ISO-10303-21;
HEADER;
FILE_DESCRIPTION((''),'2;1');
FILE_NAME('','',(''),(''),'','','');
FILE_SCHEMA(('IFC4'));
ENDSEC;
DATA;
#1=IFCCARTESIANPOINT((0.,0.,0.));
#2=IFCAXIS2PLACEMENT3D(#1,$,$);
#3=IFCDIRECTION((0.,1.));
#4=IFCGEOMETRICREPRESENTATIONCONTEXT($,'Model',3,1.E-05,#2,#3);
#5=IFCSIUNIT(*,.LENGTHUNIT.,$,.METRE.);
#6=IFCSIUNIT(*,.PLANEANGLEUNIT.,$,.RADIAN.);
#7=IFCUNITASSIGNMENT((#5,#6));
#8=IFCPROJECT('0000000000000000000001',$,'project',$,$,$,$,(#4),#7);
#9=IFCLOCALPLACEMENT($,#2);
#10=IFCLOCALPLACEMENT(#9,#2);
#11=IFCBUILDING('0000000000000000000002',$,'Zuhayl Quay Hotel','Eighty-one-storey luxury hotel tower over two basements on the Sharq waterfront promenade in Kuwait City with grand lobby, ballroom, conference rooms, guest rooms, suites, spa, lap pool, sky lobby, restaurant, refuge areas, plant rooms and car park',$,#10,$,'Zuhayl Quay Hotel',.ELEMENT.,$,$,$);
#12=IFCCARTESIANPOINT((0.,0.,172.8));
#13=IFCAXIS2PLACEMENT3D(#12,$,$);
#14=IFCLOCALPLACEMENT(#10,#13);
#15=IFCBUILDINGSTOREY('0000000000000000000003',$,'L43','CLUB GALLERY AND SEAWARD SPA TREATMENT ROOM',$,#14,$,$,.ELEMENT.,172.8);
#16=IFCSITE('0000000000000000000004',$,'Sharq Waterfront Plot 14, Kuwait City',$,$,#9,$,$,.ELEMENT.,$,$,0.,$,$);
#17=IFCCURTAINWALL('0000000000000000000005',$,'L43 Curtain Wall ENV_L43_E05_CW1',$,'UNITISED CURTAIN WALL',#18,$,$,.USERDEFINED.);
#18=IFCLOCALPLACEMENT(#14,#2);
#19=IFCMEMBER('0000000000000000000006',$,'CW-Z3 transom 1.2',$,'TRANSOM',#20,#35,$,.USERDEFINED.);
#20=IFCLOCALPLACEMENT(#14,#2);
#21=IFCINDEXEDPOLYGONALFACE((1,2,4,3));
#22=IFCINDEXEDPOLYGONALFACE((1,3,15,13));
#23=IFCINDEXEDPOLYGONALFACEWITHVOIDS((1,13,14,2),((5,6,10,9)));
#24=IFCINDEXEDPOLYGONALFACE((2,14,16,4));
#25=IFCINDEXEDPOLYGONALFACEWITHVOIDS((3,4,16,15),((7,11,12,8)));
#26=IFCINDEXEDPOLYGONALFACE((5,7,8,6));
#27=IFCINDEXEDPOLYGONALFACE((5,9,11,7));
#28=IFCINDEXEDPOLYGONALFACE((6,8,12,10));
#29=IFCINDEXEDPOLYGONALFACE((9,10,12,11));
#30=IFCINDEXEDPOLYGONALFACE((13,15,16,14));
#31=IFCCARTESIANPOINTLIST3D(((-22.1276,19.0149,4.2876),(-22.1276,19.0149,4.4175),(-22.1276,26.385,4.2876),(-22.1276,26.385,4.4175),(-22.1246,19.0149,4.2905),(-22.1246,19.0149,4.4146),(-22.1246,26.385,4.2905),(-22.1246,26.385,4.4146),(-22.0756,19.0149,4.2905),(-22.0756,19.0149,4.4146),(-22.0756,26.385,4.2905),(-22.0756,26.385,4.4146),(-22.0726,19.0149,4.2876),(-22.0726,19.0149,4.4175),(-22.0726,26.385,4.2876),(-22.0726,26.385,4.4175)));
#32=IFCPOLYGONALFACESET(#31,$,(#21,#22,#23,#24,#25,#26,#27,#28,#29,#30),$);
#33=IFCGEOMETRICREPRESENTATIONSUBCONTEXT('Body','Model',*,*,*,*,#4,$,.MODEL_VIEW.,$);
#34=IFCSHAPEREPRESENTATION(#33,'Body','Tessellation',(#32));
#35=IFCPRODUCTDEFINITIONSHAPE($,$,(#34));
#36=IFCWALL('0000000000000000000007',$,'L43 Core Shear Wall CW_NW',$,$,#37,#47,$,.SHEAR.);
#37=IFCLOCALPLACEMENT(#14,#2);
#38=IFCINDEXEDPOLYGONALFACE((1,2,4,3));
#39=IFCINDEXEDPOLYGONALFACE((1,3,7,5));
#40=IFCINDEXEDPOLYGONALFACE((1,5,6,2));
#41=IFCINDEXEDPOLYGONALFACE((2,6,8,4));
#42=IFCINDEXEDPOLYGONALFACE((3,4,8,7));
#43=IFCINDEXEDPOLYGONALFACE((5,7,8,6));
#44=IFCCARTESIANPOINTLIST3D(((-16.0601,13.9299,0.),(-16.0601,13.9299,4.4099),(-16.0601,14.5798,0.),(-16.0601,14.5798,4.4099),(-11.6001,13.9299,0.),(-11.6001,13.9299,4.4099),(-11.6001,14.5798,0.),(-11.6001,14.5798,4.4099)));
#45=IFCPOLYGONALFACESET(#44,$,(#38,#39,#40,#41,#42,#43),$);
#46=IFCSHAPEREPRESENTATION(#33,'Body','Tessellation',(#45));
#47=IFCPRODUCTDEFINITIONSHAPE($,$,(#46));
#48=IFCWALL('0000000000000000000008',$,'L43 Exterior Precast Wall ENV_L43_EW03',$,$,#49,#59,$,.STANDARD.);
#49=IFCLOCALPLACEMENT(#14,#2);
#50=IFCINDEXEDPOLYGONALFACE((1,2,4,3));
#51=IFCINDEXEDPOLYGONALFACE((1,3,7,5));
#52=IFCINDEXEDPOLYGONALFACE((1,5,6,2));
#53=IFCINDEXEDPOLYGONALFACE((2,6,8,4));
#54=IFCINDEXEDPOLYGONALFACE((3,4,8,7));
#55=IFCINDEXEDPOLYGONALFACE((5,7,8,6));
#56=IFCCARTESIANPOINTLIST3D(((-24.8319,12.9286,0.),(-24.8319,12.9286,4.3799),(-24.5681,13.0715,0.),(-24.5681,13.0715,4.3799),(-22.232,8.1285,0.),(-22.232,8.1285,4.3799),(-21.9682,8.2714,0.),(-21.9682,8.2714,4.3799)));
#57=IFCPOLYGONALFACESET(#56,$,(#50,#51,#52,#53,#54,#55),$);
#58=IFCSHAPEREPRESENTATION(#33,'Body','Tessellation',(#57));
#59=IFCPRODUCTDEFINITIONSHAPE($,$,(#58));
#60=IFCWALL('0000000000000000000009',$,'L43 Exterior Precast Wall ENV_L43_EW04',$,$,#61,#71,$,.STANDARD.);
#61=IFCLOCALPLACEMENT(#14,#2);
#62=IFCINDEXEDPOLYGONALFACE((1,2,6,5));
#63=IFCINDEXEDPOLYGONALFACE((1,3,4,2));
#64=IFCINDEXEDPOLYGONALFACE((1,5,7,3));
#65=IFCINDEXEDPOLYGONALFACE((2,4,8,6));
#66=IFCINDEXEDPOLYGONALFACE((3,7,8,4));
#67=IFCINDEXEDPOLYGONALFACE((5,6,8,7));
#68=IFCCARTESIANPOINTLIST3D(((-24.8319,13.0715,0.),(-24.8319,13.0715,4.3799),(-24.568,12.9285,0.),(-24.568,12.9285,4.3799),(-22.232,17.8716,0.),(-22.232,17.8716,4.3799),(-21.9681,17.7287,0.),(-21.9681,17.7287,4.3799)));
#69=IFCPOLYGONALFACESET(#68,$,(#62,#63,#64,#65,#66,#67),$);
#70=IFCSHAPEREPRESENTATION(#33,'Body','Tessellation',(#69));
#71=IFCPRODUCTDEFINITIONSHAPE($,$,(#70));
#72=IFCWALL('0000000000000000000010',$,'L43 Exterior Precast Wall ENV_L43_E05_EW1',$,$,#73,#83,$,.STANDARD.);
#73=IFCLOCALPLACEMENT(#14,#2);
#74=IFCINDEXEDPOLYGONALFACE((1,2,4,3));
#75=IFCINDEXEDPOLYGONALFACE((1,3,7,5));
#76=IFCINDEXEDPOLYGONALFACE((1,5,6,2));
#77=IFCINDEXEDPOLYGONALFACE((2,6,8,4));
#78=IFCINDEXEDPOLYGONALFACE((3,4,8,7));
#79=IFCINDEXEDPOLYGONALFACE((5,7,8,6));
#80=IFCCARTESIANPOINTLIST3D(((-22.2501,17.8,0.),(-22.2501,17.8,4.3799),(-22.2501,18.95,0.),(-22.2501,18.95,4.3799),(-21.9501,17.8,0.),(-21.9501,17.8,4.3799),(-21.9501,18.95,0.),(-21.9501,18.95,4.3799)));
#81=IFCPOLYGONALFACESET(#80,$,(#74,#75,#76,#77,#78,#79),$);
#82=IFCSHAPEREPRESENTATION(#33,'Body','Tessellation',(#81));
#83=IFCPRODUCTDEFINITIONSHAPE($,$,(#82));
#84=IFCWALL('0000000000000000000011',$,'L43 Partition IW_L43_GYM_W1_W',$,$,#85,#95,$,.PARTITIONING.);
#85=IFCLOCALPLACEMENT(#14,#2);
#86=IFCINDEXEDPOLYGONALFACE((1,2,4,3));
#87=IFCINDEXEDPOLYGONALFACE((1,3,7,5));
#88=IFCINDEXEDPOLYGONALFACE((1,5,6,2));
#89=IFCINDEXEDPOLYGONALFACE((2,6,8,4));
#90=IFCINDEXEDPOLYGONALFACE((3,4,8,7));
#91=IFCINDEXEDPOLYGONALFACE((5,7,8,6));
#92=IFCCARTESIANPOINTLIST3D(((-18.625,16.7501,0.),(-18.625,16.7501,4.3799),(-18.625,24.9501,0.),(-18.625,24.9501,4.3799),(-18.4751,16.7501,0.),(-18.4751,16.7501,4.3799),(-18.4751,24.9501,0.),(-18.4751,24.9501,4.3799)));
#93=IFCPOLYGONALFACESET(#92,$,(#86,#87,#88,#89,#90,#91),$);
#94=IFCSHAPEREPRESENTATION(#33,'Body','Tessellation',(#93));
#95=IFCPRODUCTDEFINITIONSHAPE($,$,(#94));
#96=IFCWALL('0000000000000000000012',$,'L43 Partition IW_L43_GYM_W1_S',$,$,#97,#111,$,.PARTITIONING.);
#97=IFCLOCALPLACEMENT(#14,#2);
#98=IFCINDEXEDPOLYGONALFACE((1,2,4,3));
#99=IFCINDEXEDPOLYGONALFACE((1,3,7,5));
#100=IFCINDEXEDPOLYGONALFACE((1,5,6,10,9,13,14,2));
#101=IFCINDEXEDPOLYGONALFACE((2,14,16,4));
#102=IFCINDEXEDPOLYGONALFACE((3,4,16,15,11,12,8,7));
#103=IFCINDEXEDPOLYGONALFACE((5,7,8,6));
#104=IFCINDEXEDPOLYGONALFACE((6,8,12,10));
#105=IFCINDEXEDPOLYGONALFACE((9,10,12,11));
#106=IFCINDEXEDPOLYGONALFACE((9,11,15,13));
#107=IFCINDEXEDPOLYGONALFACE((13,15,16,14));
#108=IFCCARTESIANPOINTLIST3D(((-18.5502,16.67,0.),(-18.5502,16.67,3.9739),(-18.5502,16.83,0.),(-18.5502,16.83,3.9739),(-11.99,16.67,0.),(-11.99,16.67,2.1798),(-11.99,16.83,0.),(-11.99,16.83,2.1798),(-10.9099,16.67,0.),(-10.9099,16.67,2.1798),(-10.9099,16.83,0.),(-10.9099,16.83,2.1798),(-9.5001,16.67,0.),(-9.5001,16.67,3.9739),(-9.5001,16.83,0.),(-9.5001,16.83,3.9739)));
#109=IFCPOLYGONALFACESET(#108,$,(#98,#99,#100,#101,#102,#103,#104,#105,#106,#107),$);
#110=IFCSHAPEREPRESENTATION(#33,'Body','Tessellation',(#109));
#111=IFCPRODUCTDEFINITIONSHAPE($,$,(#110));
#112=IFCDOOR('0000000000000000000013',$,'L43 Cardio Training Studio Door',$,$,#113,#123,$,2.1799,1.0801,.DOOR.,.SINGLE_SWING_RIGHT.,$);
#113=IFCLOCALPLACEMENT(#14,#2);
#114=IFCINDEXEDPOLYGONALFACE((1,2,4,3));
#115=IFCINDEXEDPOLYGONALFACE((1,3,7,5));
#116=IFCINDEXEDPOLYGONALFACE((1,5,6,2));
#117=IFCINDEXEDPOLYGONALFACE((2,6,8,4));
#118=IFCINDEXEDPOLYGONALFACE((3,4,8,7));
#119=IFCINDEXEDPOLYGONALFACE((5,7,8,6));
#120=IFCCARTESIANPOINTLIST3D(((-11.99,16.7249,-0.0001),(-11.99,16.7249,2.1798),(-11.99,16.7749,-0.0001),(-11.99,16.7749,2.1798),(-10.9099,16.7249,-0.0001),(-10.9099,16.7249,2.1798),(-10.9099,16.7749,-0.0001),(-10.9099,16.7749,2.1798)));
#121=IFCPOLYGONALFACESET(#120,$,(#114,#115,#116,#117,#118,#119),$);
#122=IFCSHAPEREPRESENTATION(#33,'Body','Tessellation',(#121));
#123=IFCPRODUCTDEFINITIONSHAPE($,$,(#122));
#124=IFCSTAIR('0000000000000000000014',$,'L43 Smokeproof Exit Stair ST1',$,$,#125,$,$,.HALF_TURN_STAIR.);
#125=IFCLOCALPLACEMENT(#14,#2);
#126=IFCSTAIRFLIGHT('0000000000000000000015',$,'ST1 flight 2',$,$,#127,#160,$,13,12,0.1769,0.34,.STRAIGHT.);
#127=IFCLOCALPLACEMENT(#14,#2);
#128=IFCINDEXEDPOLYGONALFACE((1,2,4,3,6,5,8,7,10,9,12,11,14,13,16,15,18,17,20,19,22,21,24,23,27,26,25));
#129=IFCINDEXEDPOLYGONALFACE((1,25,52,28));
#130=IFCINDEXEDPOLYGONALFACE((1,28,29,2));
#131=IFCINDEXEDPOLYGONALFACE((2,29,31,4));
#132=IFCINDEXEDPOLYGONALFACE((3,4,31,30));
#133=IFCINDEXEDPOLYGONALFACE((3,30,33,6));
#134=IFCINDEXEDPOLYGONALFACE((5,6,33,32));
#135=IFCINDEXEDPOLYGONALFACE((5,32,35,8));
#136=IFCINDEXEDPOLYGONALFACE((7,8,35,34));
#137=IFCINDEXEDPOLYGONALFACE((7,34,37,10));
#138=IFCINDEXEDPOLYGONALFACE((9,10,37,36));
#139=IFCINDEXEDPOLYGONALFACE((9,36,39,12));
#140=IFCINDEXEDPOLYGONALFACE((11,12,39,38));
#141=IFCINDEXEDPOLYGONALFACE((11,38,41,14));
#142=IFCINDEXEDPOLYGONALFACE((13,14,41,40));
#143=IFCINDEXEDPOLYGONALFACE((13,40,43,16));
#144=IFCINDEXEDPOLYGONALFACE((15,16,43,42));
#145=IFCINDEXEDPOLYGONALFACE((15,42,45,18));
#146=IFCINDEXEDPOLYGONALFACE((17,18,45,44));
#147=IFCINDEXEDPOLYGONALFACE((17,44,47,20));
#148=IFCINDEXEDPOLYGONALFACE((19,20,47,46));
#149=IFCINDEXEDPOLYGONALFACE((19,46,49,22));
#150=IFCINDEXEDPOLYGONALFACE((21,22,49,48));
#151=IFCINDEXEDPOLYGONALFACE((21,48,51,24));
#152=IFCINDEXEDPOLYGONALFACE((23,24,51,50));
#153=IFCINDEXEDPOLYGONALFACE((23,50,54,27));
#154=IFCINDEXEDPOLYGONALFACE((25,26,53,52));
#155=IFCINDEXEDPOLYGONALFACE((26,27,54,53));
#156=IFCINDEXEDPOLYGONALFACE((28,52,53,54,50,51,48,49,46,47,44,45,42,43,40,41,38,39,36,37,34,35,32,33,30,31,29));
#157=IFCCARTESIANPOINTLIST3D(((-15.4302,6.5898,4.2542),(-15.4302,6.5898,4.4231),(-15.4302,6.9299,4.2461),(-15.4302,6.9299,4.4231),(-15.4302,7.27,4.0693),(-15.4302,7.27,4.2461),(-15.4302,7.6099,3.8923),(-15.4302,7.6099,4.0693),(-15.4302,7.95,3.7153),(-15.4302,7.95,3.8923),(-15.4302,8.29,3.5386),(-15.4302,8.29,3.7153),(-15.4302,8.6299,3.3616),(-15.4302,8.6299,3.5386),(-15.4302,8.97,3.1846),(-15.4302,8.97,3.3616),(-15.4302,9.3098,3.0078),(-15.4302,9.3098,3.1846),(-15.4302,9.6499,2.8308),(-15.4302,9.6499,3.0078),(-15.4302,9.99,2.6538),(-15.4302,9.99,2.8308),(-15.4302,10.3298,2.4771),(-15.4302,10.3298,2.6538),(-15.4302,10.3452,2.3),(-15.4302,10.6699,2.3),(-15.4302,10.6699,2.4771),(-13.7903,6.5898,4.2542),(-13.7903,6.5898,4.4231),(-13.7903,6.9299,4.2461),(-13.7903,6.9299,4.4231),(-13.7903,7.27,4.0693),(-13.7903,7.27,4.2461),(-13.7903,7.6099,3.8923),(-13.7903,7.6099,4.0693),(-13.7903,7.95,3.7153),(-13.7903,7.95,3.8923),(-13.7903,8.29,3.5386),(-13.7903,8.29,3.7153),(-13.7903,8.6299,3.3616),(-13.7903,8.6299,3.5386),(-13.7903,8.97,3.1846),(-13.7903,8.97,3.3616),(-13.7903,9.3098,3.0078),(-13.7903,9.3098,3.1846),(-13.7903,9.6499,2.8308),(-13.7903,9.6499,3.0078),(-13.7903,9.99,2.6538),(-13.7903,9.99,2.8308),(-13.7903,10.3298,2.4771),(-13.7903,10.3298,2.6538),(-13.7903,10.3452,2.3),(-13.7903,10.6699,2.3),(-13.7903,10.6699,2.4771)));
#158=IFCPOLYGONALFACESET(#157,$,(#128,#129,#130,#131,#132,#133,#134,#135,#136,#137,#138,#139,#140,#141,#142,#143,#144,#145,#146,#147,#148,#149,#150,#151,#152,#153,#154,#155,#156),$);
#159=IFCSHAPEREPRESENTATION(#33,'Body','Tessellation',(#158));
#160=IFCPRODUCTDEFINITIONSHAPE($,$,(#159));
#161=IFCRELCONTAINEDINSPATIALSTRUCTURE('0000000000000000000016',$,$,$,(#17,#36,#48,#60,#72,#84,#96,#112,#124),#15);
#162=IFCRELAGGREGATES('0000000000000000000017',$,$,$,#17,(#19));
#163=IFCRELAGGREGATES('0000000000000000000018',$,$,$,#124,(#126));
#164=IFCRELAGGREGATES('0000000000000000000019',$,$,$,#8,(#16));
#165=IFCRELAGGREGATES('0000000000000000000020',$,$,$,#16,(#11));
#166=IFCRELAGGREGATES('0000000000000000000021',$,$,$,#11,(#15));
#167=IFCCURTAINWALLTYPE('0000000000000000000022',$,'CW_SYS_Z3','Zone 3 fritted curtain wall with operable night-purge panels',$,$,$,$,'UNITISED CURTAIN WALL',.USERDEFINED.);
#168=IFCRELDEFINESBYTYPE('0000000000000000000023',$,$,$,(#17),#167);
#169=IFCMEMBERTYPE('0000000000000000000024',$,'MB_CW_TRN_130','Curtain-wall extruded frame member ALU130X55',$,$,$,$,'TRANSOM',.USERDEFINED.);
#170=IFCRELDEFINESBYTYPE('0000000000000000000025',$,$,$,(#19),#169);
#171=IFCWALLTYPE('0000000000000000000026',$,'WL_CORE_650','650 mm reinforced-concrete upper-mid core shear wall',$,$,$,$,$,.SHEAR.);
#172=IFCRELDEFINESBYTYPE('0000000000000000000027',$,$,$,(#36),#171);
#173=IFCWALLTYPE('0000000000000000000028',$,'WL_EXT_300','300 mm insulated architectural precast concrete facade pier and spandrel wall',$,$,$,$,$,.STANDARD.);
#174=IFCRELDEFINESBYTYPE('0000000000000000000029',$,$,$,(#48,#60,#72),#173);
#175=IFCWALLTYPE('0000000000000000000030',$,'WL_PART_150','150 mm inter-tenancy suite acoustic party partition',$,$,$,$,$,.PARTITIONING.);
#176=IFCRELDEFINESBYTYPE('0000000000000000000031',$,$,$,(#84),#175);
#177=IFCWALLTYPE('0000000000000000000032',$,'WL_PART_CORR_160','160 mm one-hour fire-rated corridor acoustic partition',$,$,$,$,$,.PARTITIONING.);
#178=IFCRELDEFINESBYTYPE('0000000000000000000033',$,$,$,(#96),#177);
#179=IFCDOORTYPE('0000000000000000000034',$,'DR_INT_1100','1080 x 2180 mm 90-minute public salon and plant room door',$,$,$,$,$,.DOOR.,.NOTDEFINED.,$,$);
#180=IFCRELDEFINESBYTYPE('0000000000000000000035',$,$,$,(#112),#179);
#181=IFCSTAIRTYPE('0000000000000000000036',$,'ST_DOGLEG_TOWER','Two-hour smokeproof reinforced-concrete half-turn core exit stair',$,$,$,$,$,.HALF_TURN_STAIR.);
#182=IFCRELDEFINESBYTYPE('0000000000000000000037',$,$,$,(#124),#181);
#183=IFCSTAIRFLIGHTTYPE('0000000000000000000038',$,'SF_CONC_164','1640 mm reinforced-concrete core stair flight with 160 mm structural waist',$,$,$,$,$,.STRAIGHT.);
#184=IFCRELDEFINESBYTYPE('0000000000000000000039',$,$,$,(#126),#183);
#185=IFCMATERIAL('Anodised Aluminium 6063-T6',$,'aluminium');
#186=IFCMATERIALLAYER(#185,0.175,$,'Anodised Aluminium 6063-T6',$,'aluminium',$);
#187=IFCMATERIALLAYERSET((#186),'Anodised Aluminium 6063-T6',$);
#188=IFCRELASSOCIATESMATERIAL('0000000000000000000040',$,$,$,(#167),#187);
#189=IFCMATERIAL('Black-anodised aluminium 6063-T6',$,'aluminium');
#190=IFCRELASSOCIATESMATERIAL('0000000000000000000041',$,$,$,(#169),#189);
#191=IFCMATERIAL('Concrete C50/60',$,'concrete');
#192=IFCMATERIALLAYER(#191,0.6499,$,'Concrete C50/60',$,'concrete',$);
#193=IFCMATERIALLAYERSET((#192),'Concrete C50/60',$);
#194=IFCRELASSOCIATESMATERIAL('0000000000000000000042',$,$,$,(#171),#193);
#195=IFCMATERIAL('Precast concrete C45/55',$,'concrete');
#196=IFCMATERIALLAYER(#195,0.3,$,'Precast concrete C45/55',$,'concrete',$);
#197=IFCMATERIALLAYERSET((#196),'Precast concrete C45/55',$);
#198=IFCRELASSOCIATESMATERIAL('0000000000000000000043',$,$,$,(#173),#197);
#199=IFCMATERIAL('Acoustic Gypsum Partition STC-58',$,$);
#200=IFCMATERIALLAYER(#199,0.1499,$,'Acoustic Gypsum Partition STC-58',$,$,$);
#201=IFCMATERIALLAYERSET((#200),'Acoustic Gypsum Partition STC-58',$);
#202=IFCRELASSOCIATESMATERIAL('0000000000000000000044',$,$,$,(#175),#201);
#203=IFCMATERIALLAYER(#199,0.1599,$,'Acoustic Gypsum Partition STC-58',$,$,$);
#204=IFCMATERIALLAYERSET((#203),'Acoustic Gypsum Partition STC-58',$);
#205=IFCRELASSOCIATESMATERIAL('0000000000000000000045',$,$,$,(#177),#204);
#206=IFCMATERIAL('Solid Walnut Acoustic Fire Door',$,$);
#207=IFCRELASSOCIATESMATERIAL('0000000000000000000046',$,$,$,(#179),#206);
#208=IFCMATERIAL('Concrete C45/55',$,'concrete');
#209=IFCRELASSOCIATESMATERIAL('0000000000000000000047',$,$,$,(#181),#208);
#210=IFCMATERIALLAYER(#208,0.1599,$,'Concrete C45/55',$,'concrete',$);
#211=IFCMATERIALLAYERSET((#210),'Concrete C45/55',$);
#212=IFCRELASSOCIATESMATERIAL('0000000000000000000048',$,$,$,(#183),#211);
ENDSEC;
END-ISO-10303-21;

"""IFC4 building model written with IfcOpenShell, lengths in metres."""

from ifc_helpers import new_model, si_unit, direction, frame, frame_2d, origin, origin_2d, place, context, subcontext, project, spatial, polyline, rectangle, hollow_rectangle, outline, extrude, material, layer, layer_set, material_profile, profile_set, type_object, element, fill, aggregate, save


model = new_model("IFC4")

# Units and contexts
model_context = context("Model", 3, precision=1e-05, world=origin(), true_north=direction((0.0, 1.0)))
body_context = subcontext(model_context, "Body", "Model", "MODEL_VIEW")
ifc_project = project(units=[si_unit("LENGTHUNIT", "METRE"), si_unit("PLANEANGLEUNIT", "RADIAN")], contexts=[model_context])

# Site, building, storey
site_placement = place(None, origin())
site = spatial("IfcSite", under=ifc_project, at=site_placement, Name="Sharq Waterfront Plot 14, Kuwait City", CompositionType="ELEMENT", RefElevation=0.0)
building_placement = place(site_placement, origin())
building = spatial("IfcBuilding", under=site, at=building_placement, Name="Zuhayl Quay Hotel", Description="Eighty-one-storey luxury hotel tower over two basements on the Sharq waterfront promenade in Kuwait City with grand lobby, ballroom, conference rooms, guest rooms, suites, spa, lap pool, sky lobby, restaurant, refuge areas, plant rooms and car park", LongName="Zuhayl Quay Hotel", CompositionType="ELEMENT")
storey_placement = place(building_placement, frame((0.0, 0.0, 172.8)))
storey = spatial("IfcBuildingStorey", under=building, at=storey_placement, Name="L43", Description="CLUB GALLERY AND SEAWARD SPA TREATMENT ROOM", CompositionType="ELEMENT", Elevation=172.8)

# Curtain wall, member
ifc_material_1 = material(Name="Anodised Aluminium 6063-T6", Category="aluminium")
ifc_layer_1 = layer(ifc_material_1, 0.175, Name="Anodised Aluminium 6063-T6", Category="aluminium")
ifc_layer_set_1 = layer_set([ifc_layer_1], Name="Anodised Aluminium 6063-T6")
curtain_wall_type = type_object("IfcCurtainWallType", Name="CW_SYS_Z3", Description="Zone 3 fritted curtain wall with operable night-purge panels", ElementType="UNITISED CURTAIN WALL", PredefinedType="USERDEFINED", material=ifc_layer_set_1)
curtain_wall_placement = place(storey_placement, origin())
curtain_wall = element("IfcCurtainWall", 1, at=curtain_wall_placement, inside=storey, type_object=curtain_wall_type, Name="L43 Curtain Wall ENV_L43_E05_CW1", ObjectType="UNITISED CURTAIN WALL", PredefinedType="USERDEFINED")
ifc_material_2 = material(Name="Black-anodised aluminium 6063-T6", Category="aluminium")
ifc_material_profile_1 = material_profile(ifc_material_2, hollow_rectangle(XDim=0.0549, YDim=0.1299, WallThickness=0.0029, at=origin_2d()), Name="ALU130X55")
ifc_profile_set_1 = profile_set([ifc_material_profile_1], Name="Black-anodised aluminium 6063-T6")
member_type_1 = type_object("IfcMemberType", Name="MB_CW_TRN_130", Description="Curtain-wall extruded frame member ALU130X55", ElementType="TRANSOM", PredefinedType="USERDEFINED", material=ifc_profile_set_1)
member_1_placement = place(storey_placement, frame((-22.1001, 19.0149, 4.3525), z_axis=(0.0, 1.0, 0.0), x_axis=(-1.0, 0.0, 0.0)))
member_1 = element("IfcMember", 2, at=member_1_placement, type_object=member_type_1, Name="CW-Z3 transom 1.2", ObjectType="TRANSOM", PredefinedType="USERDEFINED", context=body_context, shape_type="SweptSolid", body=[
    extrude(hollow_rectangle(XDim=0.0549, YDim=0.1299, WallThickness=0.0029, at=origin_2d()), origin(), (0.0, 0.0, 1.0), 7.3701),
])
aggregate(curtain_wall, [member_1])

# Walls
ifc_material_3 = material(Name="Concrete C50/60", Category="concrete")
ifc_layer_2 = layer(ifc_material_3, 0.6499, Name="Concrete C50/60", Category="concrete")
ifc_layer_set_2 = layer_set([ifc_layer_2], Name="Concrete C50/60")
wall_type_1 = type_object("IfcWallType", Name="WL_CORE_650", Description="650 mm reinforced-concrete upper-mid core shear wall", PredefinedType="SHEAR", material=ifc_layer_set_2)
wall_1_placement = place(storey_placement, frame((-16.0601, 14.2549, 0.0), z_axis=(0.0, 0.0, 1.0), x_axis=(1.0, 0.0, 0.0)))
element("IfcWall", 3, at=wall_1_placement, inside=storey, type_object=wall_type_1, Name="L43 Core Shear Wall CW_NW", PredefinedType="SHEAR", context=body_context, shape_type="SweptSolid", body=[
    extrude(rectangle(XDim=4.46, YDim=0.6499, at=frame_2d((2.23, 0.0))), origin(), (0.0, 0.0, 1.0), 4.4099),
])
ifc_material_4 = material(Name="Precast concrete C45/55", Category="concrete")
ifc_layer_3 = layer(ifc_material_4, 0.3, Name="Precast concrete C45/55", Category="concrete")
ifc_layer_set_3 = layer_set([ifc_layer_3], Name="Precast concrete C45/55")
wall_type_2 = type_object("IfcWallType", Name="WL_EXT_300", Description="300 mm insulated architectural precast concrete facade pier and spandrel wall", PredefinedType="STANDARD", material=ifc_layer_set_3)
for number, where, z_axis, x_axis, name in (
    (4, (-22.1001, 8.2, 0.0), (0.0, 0.0, 1.0), (-0.476259, 0.879305, 0.0), "L43 Exterior Precast Wall ENV_L43_EW03"),
    (5, (-24.7, 13.0, 0.0), (0.0, 0.0, 1.0), (0.476259, 0.879305, 0.0), "L43 Exterior Precast Wall ENV_L43_EW04"),
):
    element("IfcWall", number, at=place(storey_placement, frame(where, z_axis=z_axis, x_axis=x_axis)), inside=storey, type_object=wall_type_2, Name=name, PredefinedType="STANDARD", context=body_context, shape_type="SweptSolid", body=[
        extrude(rectangle(XDim=5.459, YDim=0.3, at=frame_2d((2.7295, 0.0))), origin(), (0.0, 0.0, 1.0), 4.3799),
    ])
wall_2_placement = place(storey_placement, frame((-22.1001, 17.8, 0.0), z_axis=(0.0, 0.0, 1.0), x_axis=(0.0, 1.0, 0.0)))
element("IfcWall", 6, at=wall_2_placement, inside=storey, type_object=wall_type_2, Name="L43 Exterior Precast Wall ENV_L43_E05_EW1", PredefinedType="STANDARD", context=body_context, shape_type="SweptSolid", body=[
    extrude(rectangle(XDim=1.1499, YDim=0.3, at=frame_2d((0.575, 0.0))), origin(), (0.0, 0.0, 1.0), 4.3799),
])
ifc_material_5 = material(Name="Acoustic Gypsum Partition STC-58")
ifc_layer_4 = layer(ifc_material_5, 0.1499, Name="Acoustic Gypsum Partition STC-58")
ifc_layer_set_4 = layer_set([ifc_layer_4], Name="Acoustic Gypsum Partition STC-58")
wall_type_3 = type_object("IfcWallType", Name="WL_PART_150", Description="150 mm inter-tenancy suite acoustic party partition", PredefinedType="PARTITIONING", material=ifc_layer_set_4)
wall_3_placement = place(storey_placement, frame((-18.55, 16.75, 0.0), z_axis=(0.0, 0.0, 1.0), x_axis=(0.0, 1.0, 0.0)))
element("IfcWall", 7, at=wall_3_placement, inside=storey, type_object=wall_type_3, Name="L43 Partition IW_L43_GYM_W1_W", PredefinedType="PARTITIONING", context=body_context, shape_type="SweptSolid", body=[
    extrude(rectangle(XDim=8.2, YDim=0.1499, at=frame_2d((4.1001, 0.0))), origin(), (0.0, 0.0, 1.0), 4.3799),
])

# Wall, opening, door
ifc_layer_5 = layer(ifc_material_5, 0.1599, Name="Acoustic Gypsum Partition STC-58")
ifc_layer_set_5 = layer_set([ifc_layer_5], Name="Acoustic Gypsum Partition STC-58")
wall_type_4 = type_object("IfcWallType", Name="WL_PART_CORR_160", Description="160 mm one-hour fire-rated corridor acoustic partition", PredefinedType="PARTITIONING", material=ifc_layer_set_5)
wall_4_placement = place(storey_placement, frame((-18.55, 16.75, 0.0), z_axis=(0.0, 0.0, 1.0), x_axis=(1.0, 0.0, 0.0)))
wall_4 = element("IfcWall", 8, at=wall_4_placement, inside=storey, type_object=wall_type_4, Name="L43 Partition IW_L43_GYM_W1_S", PredefinedType="PARTITIONING", context=body_context, shape_type="SweptSolid", body=[
    extrude(rectangle(XDim=9.05, YDim=0.1599, at=frame_2d((4.5249, 0.0))), origin(), (0.0, 0.0, 1.0), 3.9739),
])
opening_placement = place(wall_4_placement, frame((6.5601, 0.0, 0.0)))
opening = element("IfcOpeningElement", 9, at=opening_placement, cuts=wall_4, PredefinedType="OPENING", context=body_context, shape_type="SweptSolid", body=[
    extrude(rectangle(XDim=1.0801, YDim=2.1799, at=frame_2d((0.54, 1.0898))), frame((0.0, 0.0898, 0.0), z_axis=(0.0, -1.0, 0.0), x_axis=(1.0, 0.0, 0.0)), (0.0, 0.0, 1.0), 0.1799),
])
ifc_material_6 = material(Name="Solid Walnut Acoustic Fire Door")
door_type = type_object("IfcDoorType", Name="DR_INT_1100", Description="1080 x 2180 mm 90-minute public salon and plant room door", OperationType="NOTDEFINED", PredefinedType="DOOR", material=ifc_material_6)
door_placement = place(opening_placement, origin())
door = element("IfcDoor", 10, at=door_placement, inside=storey, type_object=door_type, Name="L43 Cardio Training Studio Door", OperationType="SINGLE_SWING_RIGHT", OverallHeight=2.1799, OverallWidth=1.0801, PredefinedType="DOOR", context=body_context, shape_type="SweptSolid", body=[
    extrude(rectangle(XDim=1.0801, YDim=2.1799, at=frame_2d((0.54, 1.0898))), frame((0.0, 0.0249, 0.0), z_axis=(0.0, -1.0, 0.0), x_axis=(1.0, 0.0, 0.0)), (0.0, 0.0, 1.0), 0.05),
])
fill(opening, door)

# Stair, stair flight
ifc_material_7 = material(Name="Concrete C45/55", Category="concrete")
stair_type = type_object("IfcStairType", Name="ST_DOGLEG_TOWER", Description="Two-hour smokeproof reinforced-concrete half-turn core exit stair", PredefinedType="HALF_TURN_STAIR", material=ifc_material_7)
stair_placement = place(storey_placement, origin())
stair = element("IfcStair", 11, at=stair_placement, inside=storey, type_object=stair_type, Name="L43 Smokeproof Exit Stair ST1", PredefinedType="HALF_TURN_STAIR")
ifc_layer_6 = layer(ifc_material_7, 0.1599, Name="Concrete C45/55", Category="concrete")
ifc_layer_set_6 = layer_set([ifc_layer_6], Name="Concrete C45/55")
stair_flight_type = type_object("IfcStairFlightType", Name="SF_CONC_164", Description="1640 mm reinforced-concrete core stair flight with 160 mm structural waist", PredefinedType="STRAIGHT", material=ifc_layer_set_6)
stair_flight_placement = place(storey_placement, frame((-14.6101, 10.6699, 2.3), z_axis=(0.0, 0.0, 1.0), x_axis=(0.0, -1.0, 0.0)))
stair_flight = element("IfcStairFlight", 12, at=stair_flight_placement, type_object=stair_flight_type, Name="ST1 flight 2", NumberOfRisers=13, NumberOfTreads=12, PredefinedType="STRAIGHT", RiserHeight=0.1769, TreadLength=0.34, context=body_context, shape_type="SweptSolid", body=[
    extrude(outline(polyline([(0.0, 0.0), (0.0, 0.177), (0.3401, 0.177), (0.3401, 0.3538), (0.6799, 0.3538), (0.6799, 0.5308), (1.02, 0.5308), (1.02, 0.7078), (1.3601, 0.7078), (1.3601, 0.8845), (1.7, 0.8845), (1.7, 1.0615), (2.04, 1.0615), (2.04, 1.2385), (2.3799, 1.2385), (2.3799, 1.4153), (2.72, 1.4153), (2.72, 1.5923), (3.0601, 1.5923), (3.0601, 1.7693), (3.3999, 1.7693), (3.3999, 1.946), (3.74, 1.946), (3.74, 2.123), (4.0801, 2.123), (4.0801, 2.3), (4.0801, 1.9541), (0.3247, 0.0), (0.0, 0.0)])), frame((0.0, 0.8198, 0.0), z_axis=(0.0, -1.0, 0.0), x_axis=(1.0, 0.0, 0.0)), (0.0, 0.0, 1.0), 1.6399),
])
aggregate(stair, [stair_flight])

save(model, "model.ifc")
